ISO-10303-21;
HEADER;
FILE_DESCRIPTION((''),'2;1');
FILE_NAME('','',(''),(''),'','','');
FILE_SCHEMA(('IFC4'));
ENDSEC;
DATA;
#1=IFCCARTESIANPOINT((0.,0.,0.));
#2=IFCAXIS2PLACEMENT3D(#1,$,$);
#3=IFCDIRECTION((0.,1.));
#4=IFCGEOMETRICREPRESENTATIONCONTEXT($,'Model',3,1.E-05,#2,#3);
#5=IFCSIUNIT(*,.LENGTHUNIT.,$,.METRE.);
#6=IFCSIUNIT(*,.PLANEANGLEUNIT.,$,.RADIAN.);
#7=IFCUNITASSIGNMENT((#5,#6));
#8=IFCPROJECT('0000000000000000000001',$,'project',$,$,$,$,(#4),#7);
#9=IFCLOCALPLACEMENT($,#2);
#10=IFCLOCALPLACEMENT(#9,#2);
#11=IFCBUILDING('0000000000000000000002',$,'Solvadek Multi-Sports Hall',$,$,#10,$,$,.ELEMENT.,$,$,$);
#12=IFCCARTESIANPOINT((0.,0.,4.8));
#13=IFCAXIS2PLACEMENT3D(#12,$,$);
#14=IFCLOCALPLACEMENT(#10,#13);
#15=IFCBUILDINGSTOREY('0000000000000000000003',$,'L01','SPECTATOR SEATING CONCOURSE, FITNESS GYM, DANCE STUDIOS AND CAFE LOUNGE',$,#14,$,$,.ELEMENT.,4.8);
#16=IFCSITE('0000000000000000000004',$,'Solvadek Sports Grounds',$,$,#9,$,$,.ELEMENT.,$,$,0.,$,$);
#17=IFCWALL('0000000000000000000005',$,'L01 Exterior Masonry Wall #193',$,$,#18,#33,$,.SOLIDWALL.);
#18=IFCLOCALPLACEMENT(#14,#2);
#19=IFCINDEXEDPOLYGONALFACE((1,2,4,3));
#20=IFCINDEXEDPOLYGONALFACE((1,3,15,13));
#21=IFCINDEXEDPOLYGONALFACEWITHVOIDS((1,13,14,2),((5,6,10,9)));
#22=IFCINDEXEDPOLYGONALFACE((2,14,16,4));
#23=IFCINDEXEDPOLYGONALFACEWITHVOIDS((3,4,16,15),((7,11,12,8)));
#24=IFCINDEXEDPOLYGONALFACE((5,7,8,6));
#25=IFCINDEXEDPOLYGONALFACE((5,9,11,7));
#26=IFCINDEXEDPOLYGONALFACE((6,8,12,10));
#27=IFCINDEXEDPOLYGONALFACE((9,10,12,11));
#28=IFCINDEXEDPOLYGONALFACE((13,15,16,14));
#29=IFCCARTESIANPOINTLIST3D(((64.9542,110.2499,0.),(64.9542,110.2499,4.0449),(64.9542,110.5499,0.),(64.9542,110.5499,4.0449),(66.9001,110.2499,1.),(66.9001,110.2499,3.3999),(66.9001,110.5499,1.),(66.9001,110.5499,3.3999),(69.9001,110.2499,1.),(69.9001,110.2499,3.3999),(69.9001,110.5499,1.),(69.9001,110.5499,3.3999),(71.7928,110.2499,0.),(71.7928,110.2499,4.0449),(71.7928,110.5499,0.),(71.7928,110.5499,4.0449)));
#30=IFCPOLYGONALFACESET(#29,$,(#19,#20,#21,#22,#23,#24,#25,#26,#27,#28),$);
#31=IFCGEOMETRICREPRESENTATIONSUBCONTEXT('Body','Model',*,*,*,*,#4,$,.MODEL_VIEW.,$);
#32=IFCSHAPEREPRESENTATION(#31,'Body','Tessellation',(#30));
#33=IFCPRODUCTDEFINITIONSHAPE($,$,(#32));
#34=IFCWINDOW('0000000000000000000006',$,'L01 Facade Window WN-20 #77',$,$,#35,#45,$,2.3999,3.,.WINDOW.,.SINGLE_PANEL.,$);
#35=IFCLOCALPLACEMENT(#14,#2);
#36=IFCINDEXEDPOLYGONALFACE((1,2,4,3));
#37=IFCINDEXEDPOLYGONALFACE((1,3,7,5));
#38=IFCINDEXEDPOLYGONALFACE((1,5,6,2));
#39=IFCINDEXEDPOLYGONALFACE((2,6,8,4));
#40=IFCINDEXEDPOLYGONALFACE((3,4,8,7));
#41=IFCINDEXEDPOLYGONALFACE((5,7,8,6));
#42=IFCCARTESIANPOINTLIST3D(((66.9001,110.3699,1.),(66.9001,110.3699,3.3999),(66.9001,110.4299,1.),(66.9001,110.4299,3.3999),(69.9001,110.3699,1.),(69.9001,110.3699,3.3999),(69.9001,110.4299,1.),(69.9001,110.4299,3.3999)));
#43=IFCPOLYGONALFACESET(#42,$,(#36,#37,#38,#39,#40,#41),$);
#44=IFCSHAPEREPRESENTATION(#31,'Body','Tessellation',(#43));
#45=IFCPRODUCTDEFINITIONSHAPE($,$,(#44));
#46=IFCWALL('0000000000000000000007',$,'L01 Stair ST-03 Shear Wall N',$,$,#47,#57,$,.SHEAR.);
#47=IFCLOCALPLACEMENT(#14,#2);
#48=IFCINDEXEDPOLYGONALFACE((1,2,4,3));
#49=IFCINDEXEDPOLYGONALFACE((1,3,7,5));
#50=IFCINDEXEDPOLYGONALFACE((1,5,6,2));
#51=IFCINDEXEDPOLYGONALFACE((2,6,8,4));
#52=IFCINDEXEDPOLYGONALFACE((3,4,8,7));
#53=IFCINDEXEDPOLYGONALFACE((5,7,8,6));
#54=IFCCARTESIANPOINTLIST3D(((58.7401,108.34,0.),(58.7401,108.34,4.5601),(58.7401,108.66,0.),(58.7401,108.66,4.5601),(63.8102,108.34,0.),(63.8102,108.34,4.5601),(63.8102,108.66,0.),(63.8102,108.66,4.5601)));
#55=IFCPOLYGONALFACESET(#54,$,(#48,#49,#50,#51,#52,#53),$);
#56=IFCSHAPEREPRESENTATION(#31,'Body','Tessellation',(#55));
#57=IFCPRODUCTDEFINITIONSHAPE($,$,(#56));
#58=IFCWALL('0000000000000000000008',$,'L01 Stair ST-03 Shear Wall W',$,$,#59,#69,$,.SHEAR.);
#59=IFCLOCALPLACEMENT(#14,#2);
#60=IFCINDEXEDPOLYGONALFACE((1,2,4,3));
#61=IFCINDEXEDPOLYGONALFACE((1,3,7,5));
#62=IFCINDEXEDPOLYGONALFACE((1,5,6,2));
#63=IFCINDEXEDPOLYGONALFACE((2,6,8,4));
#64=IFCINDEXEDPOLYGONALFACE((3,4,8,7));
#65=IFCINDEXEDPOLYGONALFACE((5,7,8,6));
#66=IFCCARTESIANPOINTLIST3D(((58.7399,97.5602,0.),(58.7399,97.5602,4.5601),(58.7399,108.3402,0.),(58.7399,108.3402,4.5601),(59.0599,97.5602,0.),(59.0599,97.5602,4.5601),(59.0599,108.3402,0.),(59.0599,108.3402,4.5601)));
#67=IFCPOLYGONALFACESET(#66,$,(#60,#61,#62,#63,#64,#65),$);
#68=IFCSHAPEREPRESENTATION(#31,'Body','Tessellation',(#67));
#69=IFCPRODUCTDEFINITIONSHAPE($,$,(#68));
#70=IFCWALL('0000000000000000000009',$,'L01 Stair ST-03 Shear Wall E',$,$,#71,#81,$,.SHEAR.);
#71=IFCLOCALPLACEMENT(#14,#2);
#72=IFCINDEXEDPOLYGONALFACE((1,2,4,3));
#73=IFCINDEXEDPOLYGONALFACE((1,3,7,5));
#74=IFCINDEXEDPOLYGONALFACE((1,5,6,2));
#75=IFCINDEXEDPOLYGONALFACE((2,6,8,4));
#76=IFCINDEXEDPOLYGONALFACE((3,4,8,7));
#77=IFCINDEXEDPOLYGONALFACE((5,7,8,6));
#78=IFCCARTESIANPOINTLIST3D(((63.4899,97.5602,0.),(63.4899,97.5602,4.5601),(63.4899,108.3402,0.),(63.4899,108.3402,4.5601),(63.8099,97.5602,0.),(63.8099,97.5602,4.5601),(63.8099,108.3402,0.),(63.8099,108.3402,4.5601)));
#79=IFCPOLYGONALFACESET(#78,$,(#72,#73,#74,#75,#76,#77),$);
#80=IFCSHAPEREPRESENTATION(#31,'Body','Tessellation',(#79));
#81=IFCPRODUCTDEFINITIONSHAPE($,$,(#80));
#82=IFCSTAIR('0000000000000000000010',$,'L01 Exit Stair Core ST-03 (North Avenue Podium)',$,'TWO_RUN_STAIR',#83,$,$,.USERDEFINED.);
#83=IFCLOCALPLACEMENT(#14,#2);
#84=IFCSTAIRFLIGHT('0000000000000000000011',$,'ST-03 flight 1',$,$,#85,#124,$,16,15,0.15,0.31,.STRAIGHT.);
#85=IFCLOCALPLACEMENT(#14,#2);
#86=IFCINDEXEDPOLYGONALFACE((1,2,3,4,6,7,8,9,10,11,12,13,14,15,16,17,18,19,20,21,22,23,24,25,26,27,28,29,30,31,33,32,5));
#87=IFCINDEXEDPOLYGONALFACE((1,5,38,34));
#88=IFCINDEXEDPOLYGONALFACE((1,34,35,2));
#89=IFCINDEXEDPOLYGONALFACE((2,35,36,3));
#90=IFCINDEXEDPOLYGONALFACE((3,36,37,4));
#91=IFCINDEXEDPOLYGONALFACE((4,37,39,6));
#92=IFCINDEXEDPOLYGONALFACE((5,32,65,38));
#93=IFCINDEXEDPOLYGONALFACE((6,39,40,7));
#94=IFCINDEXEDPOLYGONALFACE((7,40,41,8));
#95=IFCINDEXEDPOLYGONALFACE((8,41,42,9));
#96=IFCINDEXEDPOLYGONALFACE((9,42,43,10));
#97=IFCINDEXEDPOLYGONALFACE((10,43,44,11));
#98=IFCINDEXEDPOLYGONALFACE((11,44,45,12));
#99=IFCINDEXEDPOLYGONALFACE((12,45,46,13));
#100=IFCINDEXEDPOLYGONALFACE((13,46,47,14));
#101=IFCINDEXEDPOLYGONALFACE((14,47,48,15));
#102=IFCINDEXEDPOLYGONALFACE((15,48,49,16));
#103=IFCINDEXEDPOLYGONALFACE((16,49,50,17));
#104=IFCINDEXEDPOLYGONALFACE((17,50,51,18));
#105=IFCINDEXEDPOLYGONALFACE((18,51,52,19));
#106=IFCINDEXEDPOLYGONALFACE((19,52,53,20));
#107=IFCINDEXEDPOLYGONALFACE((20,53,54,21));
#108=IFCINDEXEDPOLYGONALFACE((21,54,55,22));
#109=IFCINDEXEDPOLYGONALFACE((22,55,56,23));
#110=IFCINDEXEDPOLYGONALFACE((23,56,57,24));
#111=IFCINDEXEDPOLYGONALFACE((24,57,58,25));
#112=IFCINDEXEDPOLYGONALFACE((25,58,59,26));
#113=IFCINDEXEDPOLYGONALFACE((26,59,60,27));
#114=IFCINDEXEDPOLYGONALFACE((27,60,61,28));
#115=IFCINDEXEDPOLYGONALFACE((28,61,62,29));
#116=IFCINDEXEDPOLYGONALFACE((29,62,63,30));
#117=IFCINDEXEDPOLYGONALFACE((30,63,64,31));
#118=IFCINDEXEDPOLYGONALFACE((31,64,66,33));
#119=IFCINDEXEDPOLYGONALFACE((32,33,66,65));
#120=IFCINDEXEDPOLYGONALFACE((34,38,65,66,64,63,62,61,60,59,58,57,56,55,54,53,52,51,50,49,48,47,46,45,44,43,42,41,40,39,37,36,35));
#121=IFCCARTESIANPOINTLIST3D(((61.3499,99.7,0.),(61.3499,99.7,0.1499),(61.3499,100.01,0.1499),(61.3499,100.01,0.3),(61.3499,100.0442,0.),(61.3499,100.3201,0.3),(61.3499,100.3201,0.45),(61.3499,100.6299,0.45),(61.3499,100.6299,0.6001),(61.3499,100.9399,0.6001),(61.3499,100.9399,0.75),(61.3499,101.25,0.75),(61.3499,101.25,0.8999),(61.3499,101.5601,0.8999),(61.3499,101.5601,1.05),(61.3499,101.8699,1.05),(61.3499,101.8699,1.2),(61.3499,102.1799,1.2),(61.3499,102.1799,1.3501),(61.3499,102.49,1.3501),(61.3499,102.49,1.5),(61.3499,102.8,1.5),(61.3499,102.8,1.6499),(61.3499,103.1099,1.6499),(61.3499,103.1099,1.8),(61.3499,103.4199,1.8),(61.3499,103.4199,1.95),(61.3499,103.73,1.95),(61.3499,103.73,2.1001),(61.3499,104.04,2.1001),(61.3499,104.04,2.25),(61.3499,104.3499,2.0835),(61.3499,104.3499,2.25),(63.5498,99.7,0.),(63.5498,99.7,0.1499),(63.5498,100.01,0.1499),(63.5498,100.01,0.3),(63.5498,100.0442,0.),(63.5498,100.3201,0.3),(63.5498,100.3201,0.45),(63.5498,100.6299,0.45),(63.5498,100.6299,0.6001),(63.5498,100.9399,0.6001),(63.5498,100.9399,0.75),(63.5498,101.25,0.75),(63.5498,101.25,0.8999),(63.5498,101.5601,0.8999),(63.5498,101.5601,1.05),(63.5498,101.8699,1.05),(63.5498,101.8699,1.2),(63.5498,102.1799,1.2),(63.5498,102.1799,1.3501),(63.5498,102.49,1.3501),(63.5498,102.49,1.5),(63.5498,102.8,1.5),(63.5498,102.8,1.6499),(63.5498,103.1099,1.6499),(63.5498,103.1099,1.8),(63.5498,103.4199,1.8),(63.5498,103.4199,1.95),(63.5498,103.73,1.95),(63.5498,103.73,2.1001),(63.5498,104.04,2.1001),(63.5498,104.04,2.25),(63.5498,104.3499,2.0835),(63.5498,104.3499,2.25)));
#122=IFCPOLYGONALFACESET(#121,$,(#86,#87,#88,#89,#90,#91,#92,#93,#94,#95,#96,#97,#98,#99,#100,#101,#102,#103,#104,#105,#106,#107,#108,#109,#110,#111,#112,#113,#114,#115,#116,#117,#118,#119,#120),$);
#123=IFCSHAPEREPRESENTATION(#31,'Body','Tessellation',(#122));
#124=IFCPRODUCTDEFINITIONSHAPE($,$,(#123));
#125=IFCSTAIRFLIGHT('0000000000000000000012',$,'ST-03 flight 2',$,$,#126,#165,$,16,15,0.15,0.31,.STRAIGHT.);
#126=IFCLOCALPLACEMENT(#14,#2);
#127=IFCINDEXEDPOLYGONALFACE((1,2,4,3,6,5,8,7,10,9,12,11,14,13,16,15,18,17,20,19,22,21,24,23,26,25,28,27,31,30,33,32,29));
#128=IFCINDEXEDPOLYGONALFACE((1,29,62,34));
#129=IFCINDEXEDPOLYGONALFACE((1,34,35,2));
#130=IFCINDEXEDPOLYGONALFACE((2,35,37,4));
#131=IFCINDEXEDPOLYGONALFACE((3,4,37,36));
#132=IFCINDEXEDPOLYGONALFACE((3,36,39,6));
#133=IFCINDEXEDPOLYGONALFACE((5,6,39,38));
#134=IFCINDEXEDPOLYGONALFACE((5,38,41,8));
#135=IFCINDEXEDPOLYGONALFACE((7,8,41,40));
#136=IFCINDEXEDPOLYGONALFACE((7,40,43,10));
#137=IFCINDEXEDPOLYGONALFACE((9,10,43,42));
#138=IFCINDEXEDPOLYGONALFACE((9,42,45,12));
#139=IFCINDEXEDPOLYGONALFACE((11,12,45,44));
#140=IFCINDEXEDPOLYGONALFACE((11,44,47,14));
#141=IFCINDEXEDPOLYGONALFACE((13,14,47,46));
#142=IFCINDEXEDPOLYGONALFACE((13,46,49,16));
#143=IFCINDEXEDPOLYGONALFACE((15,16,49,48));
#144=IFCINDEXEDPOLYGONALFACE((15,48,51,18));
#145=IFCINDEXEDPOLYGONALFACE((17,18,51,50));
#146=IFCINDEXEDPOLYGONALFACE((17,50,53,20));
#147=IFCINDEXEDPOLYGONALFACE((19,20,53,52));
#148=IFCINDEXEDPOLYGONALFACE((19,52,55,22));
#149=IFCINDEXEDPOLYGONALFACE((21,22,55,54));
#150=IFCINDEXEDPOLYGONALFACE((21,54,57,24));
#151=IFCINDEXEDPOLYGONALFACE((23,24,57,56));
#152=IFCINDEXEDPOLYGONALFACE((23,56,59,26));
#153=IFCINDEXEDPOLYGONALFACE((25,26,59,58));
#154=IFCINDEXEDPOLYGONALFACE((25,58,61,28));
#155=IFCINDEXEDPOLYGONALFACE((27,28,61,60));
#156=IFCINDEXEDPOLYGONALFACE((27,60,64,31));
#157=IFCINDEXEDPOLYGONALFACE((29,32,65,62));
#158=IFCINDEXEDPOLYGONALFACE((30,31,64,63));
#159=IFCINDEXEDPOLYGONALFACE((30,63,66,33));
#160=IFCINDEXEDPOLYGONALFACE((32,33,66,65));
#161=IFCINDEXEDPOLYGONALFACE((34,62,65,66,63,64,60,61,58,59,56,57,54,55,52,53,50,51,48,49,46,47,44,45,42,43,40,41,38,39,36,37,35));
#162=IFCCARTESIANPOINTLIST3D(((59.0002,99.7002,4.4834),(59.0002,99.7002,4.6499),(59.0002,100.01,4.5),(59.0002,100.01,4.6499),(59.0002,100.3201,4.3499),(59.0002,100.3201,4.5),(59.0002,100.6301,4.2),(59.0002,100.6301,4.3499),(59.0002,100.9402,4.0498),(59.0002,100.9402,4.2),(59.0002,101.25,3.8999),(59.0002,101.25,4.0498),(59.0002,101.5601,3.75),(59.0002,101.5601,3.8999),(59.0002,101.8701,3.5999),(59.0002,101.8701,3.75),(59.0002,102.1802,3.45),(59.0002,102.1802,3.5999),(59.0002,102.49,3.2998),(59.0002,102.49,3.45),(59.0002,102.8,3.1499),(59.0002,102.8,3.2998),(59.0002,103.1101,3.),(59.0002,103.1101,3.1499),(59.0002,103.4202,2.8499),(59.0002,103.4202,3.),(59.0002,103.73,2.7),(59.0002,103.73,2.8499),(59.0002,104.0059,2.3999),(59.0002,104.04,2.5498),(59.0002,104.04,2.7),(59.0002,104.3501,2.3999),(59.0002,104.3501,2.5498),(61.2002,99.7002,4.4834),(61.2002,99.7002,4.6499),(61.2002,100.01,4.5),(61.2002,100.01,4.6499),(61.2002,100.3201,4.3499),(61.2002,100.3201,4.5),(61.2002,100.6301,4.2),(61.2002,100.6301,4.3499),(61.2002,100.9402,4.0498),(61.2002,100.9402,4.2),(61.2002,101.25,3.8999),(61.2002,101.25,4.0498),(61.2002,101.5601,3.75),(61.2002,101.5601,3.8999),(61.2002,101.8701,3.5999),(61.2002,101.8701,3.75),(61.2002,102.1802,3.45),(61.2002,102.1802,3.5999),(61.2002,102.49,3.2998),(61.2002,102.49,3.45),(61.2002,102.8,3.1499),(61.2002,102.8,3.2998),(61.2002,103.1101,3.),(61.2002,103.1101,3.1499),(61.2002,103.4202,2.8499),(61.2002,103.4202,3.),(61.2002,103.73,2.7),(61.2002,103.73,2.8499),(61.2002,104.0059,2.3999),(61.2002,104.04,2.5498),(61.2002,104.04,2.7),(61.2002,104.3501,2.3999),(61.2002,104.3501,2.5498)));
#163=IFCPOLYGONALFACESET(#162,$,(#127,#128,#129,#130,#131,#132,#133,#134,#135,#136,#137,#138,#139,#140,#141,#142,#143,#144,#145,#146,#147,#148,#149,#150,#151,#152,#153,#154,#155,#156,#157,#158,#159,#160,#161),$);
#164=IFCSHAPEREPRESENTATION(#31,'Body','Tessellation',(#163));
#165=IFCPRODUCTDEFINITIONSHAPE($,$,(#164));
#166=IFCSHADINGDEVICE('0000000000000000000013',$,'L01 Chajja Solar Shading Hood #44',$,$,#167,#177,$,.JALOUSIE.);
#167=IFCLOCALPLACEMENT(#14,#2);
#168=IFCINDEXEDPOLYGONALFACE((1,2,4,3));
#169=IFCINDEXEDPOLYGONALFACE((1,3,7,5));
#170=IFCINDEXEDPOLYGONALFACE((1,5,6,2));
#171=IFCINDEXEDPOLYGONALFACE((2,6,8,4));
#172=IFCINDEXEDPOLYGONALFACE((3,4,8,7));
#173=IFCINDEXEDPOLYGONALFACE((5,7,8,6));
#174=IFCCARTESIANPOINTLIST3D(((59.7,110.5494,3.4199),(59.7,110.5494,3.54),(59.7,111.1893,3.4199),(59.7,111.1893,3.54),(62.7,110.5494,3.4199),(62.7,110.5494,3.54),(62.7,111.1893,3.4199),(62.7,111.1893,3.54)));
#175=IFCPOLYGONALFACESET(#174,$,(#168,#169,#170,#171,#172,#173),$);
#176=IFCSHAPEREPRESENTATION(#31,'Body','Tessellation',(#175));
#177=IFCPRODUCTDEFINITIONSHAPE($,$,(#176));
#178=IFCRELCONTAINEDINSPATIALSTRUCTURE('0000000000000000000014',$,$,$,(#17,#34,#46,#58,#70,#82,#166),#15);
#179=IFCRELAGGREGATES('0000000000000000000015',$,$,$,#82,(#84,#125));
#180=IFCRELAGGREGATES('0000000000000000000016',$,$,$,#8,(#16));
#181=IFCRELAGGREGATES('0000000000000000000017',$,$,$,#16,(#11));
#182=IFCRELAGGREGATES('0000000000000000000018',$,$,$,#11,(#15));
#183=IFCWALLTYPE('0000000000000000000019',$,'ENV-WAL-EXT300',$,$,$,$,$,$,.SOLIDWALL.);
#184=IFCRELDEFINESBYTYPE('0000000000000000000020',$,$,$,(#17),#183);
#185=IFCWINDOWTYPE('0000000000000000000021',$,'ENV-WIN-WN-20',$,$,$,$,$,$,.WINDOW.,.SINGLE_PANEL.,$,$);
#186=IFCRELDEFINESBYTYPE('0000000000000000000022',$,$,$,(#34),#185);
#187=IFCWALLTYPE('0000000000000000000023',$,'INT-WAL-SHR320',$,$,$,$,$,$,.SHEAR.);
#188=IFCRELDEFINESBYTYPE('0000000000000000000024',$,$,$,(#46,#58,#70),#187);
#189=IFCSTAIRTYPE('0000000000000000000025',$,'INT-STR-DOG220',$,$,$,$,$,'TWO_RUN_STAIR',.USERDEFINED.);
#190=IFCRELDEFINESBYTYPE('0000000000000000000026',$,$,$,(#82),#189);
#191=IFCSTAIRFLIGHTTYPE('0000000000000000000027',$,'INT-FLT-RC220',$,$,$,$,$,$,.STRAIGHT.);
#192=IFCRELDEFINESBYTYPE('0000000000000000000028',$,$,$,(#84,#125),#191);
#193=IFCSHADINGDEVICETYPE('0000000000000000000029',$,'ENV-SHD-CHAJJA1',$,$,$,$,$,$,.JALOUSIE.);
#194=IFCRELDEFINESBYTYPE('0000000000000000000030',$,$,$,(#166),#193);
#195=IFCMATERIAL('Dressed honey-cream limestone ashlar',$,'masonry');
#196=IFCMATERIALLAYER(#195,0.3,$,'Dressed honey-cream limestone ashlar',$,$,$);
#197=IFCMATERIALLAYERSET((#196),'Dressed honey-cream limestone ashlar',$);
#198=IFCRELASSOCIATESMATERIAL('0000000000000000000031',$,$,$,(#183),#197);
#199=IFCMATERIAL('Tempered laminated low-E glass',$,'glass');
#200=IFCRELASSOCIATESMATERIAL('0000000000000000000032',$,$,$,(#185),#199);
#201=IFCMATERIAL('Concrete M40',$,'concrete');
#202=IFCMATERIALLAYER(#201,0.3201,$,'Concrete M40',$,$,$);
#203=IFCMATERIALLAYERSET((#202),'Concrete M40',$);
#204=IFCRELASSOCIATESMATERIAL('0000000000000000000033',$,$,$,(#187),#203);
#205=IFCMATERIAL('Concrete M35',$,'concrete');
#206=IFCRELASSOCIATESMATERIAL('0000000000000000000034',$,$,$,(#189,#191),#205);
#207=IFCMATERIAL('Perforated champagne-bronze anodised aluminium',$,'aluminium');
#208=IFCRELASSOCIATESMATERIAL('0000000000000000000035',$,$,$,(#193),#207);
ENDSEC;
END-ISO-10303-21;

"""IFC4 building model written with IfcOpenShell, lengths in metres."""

from ifc_helpers import new_model, si_unit, direction, frame, frame_2d, origin, origin_2d, place, context, subcontext, project, spatial, polyline, rectangle, outline, extrude, material, layer, layer_set, type_object, element, fill, aggregate, save


model = new_model("IFC4")

# Units and contexts
model_context = context("Model", 3, precision=1e-05, world=origin(), true_north=direction((0.0, 1.0)))
body_context = subcontext(model_context, "Body", "Model", "MODEL_VIEW")
ifc_project = project(units=[si_unit("LENGTHUNIT", "METRE"), si_unit("PLANEANGLEUNIT", "RADIAN")], contexts=[model_context])

# Site, building, storey
site_placement = place(None, origin())
site = spatial("IfcSite", under=ifc_project, at=site_placement, Name="Solvadek Sports Grounds", CompositionType="ELEMENT", RefElevation=0.0)
building_placement = place(site_placement, origin())
building = spatial("IfcBuilding", under=site, at=building_placement, Name="Solvadek Multi-Sports Hall", CompositionType="ELEMENT")
storey_placement = place(building_placement, frame((0.0, 0.0, 4.8)))
storey = spatial("IfcBuildingStorey", under=building, at=storey_placement, Name="L01", Description="SPECTATOR SEATING CONCOURSE, FITNESS GYM, DANCE STUDIOS AND CAFE LOUNGE", CompositionType="ELEMENT", Elevation=4.8)

# Wall, opening, window
ifc_material_1 = material(Name="Dressed honey-cream limestone ashlar", Category="masonry")
ifc_layer_1 = layer(ifc_material_1, 0.3, Name="Dressed honey-cream limestone ashlar")
ifc_layer_set_1 = layer_set([ifc_layer_1], Name="Dressed honey-cream limestone ashlar")
wall_type_1 = type_object("IfcWallType", Name="ENV-WAL-EXT300", PredefinedType="SOLIDWALL", material=ifc_layer_set_1)
ifc_material_2 = material(Name="Tempered laminated low-E glass", Category="glass")
wall_1_placement = place(storey_placement, frame((64.9541, 110.3999, 0.0), z_axis=(0.0, 0.0, 1.0), x_axis=(1.0, 0.0, 0.0)))
wall_1 = element("IfcWall", 1, at=wall_1_placement, inside=storey, type_object=wall_type_1, Name="L01 Exterior Masonry Wall #193", PredefinedType="SOLIDWALL", context=body_context, shape_type="SweptSolid", body=[
    extrude(rectangle(XDim=6.8386, YDim=0.3, at=frame_2d((3.4194, 0.0))), origin(), (0.0, 0.0, 1.0), 4.0449),
])
opening_1_placement = place(wall_1_placement, frame((1.946, 0.0, 1.0)))
opening_1 = element("IfcOpeningElement", 2, at=opening_1_placement, cuts=wall_1, PredefinedType="OPENING", context=body_context, shape_type="SweptSolid", body=[
    extrude(rectangle(XDim=3.0, YDim=2.3999, at=frame_2d((1.5, 1.2))), frame((0.0, 0.1599, 0.0), z_axis=(0.0, -1.0, 0.0), x_axis=(1.0, 0.0, 0.0)), (0.0, 0.0, 1.0), 0.3201),
])
window_type_1 = type_object("IfcWindowType", Name="ENV-WIN-WN-20", PartitioningType="SINGLE_PANEL", PredefinedType="WINDOW", material=ifc_material_2)
window_1_placement = place(opening_1_placement, origin())
window_1 = element("IfcWindow", 3, at=window_1_placement, inside=storey, type_object=window_type_1, Name="L01 Facade Window WN-20 #77", OverallHeight=2.3999, OverallWidth=3.0, PartitioningType="SINGLE_PANEL", PredefinedType="WINDOW", context=body_context, shape_type="SweptSolid", body=[
    extrude(rectangle(XDim=3.0, YDim=2.3999, at=frame_2d((1.5, 1.2))), frame((0.0, 0.03, 0.0), z_axis=(0.0, -1.0, 0.0), x_axis=(1.0, 0.0, 0.0)), (0.0, 0.0, 1.0), 0.0601),
])
fill(opening_1, window_1)

# Shared definitions
ifc_material_3 = material(Name="Concrete M40", Category="concrete")
ifc_layer_2 = layer(ifc_material_3, 0.3201, Name="Concrete M40")
ifc_layer_set_2 = layer_set([ifc_layer_2], Name="Concrete M40")
wall_type_2 = type_object("IfcWallType", Name="INT-WAL-SHR320", PredefinedType="SHEAR", material=ifc_layer_set_2)

# Walls
wall_2_placement = place(storey_placement, frame((58.74, 108.5, 0.0), z_axis=(0.0, 0.0, 1.0), x_axis=(1.0, 0.0, 0.0)))
element("IfcWall", 4, at=wall_2_placement, inside=storey, type_object=wall_type_2, Name="L01 Stair ST-03 Shear Wall N", PredefinedType="SHEAR", context=body_context, shape_type="SweptSolid", body=[
    extrude(rectangle(XDim=5.0701, YDim=0.3201, at=frame_2d((2.5352, 0.0))), origin(), (0.0, 0.0, 1.0), 4.5601),
])
for number, where, z_axis, x_axis, name in (
    (5, (58.8999, 97.5601, 0.0), (0.0, 0.0, 1.0), (0.0, 1.0, 0.0), "L01 Stair ST-03 Shear Wall W"),
    (6, (63.6499, 97.5601, 0.0), (0.0, 0.0, 1.0), (0.0, 1.0, 0.0), "L01 Stair ST-03 Shear Wall E"),
):
    element("IfcWall", number, at=place(storey_placement, frame(where, z_axis=z_axis, x_axis=x_axis)), inside=storey, type_object=wall_type_2, Name=name, PredefinedType="SHEAR", context=body_context, shape_type="SweptSolid", body=[
        extrude(rectangle(XDim=10.78, YDim=0.3201, at=frame_2d((5.3901, 0.0))), origin(), (0.0, 0.0, 1.0), 4.5601),
    ])

# Stair, stair flights
ifc_material_4 = material(Name="Concrete M35", Category="concrete")
stair_type = type_object("IfcStairType", Name="INT-STR-DOG220", ElementType="TWO_RUN_STAIR", PredefinedType="USERDEFINED", material=ifc_material_4)
stair_placement = place(storey_placement, origin())
stair = element("IfcStair", 7, at=stair_placement, inside=storey, type_object=stair_type, Name="L01 Exit Stair Core ST-03 (North Avenue Podium)", ObjectType="TWO_RUN_STAIR", PredefinedType="USERDEFINED")
stair_flight_type = type_object("IfcStairFlightType", Name="INT-FLT-RC220", PredefinedType="STRAIGHT", material=ifc_material_4)
stair_flight_1_placement = place(storey_placement, frame((62.45, 99.7, 0.0), z_axis=(0.0, 0.0, 1.0), x_axis=(0.0, 1.0, 0.0)))
stair_flight_1 = element("IfcStairFlight", 8, at=stair_flight_1_placement, type_object=stair_flight_type, Name="ST-03 flight 1", NumberOfRisers=16, NumberOfTreads=15, PredefinedType="STRAIGHT", RiserHeight=0.15, TreadLength=0.31, context=body_context, shape_type="SweptSolid", body=[
    extrude(outline(polyline([(0.0, 0.0), (0.0, 0.1499), (0.3101, 0.1499), (0.3101, 0.3), (0.6201, 0.3), (0.6201, 0.45), (0.9299, 0.45), (0.9299, 0.6001), (1.24, 0.6001), (1.24, 0.75), (1.55, 0.75), (1.55, 0.8999), (1.8601, 0.8999), (1.8601, 1.05), (2.1699, 1.05), (2.1699, 1.2), (2.48, 1.2), (2.48, 1.3501), (2.79, 1.3501), (2.79, 1.5), (3.1001, 1.5), (3.1001, 1.6499), (3.4099, 1.6499), (3.4099, 1.8), (3.72, 1.8), (3.72, 1.95), (4.03, 1.95), (4.03, 2.1001), (4.3401, 2.1001), (4.3401, 2.25), (4.6499, 2.25), (4.6499, 2.3999), (4.6499, 2.0835), (0.3442, 0.0), (0.0, 0.0)])), frame((0.0, 1.1001, 0.0), z_axis=(0.0, -1.0, 0.0), x_axis=(1.0, 0.0, 0.0)), (0.0, 0.0, 1.0), 2.2),
])
stair_flight_2_placement = place(storey_placement, frame((60.1001, 104.3501, 2.3999), z_axis=(0.0, 0.0, 1.0), x_axis=(0.0, -1.0, 0.0)))
stair_flight_2 = element("IfcStairFlight", 9, at=stair_flight_2_placement, type_object=stair_flight_type, Name="ST-03 flight 2", NumberOfRisers=16, NumberOfTreads=15, PredefinedType="STRAIGHT", RiserHeight=0.15, TreadLength=0.31, context=body_context, shape_type="SweptSolid", body=[
    extrude(outline(polyline([(0.0, 0.0), (0.0, 0.1499), (0.3101, 0.1499), (0.3101, 0.3), (0.6201, 0.3), (0.6201, 0.45), (0.9299, 0.45), (0.9299, 0.6001), (1.24, 0.6001), (1.24, 0.75), (1.55, 0.75), (1.55, 0.8999), (1.8601, 0.8999), (1.8601, 1.05), (2.1699, 1.05), (2.1699, 1.2), (2.48, 1.2), (2.48, 1.3501), (2.79, 1.3501), (2.79, 1.5), (3.1001, 1.5), (3.1001, 1.6499), (3.4099, 1.6499), (3.4099, 1.8), (3.72, 1.8), (3.72, 1.95), (4.03, 1.95), (4.03, 2.1001), (4.3401, 2.1001), (4.3401, 2.25), (4.6499, 2.25), (4.6499, 2.3999), (4.6499, 2.0835), (0.3442, 0.0), (0.0, 0.0)])), frame((0.0, 1.1001, 0.0), z_axis=(0.0, -1.0, 0.0), x_axis=(1.0, 0.0, 0.0)), (0.0, 0.0, 1.0), 2.2),
])
aggregate(stair, [stair_flight_1, stair_flight_2])

# Shading device
ifc_material_5 = material(Name="Perforated champagne-bronze anodised aluminium", Category="aluminium")
shading_device_type = type_object("IfcShadingDeviceType", Name="ENV-SHD-CHAJJA1", PredefinedType="JALOUSIE", material=ifc_material_5)
shading_device_placement = place(storey_placement, frame((61.2, 110.8694, 3.4199), z_axis=(0.0, 0.0, 1.0), x_axis=(1.0, 0.0, 0.0)))
element("IfcShadingDevice", 10, at=shading_device_placement, inside=storey, type_object=shading_device_type, Name="L01 Chajja Solar Shading Hood #44", PredefinedType="JALOUSIE", context=body_context, shape_type="SweptSolid", body=[
    extrude(rectangle(XDim=3.0, YDim=0.6399, at=origin_2d()), origin(), (0.0, 0.0, 1.0), 0.1201),
])

save(model, "model.ifc")
